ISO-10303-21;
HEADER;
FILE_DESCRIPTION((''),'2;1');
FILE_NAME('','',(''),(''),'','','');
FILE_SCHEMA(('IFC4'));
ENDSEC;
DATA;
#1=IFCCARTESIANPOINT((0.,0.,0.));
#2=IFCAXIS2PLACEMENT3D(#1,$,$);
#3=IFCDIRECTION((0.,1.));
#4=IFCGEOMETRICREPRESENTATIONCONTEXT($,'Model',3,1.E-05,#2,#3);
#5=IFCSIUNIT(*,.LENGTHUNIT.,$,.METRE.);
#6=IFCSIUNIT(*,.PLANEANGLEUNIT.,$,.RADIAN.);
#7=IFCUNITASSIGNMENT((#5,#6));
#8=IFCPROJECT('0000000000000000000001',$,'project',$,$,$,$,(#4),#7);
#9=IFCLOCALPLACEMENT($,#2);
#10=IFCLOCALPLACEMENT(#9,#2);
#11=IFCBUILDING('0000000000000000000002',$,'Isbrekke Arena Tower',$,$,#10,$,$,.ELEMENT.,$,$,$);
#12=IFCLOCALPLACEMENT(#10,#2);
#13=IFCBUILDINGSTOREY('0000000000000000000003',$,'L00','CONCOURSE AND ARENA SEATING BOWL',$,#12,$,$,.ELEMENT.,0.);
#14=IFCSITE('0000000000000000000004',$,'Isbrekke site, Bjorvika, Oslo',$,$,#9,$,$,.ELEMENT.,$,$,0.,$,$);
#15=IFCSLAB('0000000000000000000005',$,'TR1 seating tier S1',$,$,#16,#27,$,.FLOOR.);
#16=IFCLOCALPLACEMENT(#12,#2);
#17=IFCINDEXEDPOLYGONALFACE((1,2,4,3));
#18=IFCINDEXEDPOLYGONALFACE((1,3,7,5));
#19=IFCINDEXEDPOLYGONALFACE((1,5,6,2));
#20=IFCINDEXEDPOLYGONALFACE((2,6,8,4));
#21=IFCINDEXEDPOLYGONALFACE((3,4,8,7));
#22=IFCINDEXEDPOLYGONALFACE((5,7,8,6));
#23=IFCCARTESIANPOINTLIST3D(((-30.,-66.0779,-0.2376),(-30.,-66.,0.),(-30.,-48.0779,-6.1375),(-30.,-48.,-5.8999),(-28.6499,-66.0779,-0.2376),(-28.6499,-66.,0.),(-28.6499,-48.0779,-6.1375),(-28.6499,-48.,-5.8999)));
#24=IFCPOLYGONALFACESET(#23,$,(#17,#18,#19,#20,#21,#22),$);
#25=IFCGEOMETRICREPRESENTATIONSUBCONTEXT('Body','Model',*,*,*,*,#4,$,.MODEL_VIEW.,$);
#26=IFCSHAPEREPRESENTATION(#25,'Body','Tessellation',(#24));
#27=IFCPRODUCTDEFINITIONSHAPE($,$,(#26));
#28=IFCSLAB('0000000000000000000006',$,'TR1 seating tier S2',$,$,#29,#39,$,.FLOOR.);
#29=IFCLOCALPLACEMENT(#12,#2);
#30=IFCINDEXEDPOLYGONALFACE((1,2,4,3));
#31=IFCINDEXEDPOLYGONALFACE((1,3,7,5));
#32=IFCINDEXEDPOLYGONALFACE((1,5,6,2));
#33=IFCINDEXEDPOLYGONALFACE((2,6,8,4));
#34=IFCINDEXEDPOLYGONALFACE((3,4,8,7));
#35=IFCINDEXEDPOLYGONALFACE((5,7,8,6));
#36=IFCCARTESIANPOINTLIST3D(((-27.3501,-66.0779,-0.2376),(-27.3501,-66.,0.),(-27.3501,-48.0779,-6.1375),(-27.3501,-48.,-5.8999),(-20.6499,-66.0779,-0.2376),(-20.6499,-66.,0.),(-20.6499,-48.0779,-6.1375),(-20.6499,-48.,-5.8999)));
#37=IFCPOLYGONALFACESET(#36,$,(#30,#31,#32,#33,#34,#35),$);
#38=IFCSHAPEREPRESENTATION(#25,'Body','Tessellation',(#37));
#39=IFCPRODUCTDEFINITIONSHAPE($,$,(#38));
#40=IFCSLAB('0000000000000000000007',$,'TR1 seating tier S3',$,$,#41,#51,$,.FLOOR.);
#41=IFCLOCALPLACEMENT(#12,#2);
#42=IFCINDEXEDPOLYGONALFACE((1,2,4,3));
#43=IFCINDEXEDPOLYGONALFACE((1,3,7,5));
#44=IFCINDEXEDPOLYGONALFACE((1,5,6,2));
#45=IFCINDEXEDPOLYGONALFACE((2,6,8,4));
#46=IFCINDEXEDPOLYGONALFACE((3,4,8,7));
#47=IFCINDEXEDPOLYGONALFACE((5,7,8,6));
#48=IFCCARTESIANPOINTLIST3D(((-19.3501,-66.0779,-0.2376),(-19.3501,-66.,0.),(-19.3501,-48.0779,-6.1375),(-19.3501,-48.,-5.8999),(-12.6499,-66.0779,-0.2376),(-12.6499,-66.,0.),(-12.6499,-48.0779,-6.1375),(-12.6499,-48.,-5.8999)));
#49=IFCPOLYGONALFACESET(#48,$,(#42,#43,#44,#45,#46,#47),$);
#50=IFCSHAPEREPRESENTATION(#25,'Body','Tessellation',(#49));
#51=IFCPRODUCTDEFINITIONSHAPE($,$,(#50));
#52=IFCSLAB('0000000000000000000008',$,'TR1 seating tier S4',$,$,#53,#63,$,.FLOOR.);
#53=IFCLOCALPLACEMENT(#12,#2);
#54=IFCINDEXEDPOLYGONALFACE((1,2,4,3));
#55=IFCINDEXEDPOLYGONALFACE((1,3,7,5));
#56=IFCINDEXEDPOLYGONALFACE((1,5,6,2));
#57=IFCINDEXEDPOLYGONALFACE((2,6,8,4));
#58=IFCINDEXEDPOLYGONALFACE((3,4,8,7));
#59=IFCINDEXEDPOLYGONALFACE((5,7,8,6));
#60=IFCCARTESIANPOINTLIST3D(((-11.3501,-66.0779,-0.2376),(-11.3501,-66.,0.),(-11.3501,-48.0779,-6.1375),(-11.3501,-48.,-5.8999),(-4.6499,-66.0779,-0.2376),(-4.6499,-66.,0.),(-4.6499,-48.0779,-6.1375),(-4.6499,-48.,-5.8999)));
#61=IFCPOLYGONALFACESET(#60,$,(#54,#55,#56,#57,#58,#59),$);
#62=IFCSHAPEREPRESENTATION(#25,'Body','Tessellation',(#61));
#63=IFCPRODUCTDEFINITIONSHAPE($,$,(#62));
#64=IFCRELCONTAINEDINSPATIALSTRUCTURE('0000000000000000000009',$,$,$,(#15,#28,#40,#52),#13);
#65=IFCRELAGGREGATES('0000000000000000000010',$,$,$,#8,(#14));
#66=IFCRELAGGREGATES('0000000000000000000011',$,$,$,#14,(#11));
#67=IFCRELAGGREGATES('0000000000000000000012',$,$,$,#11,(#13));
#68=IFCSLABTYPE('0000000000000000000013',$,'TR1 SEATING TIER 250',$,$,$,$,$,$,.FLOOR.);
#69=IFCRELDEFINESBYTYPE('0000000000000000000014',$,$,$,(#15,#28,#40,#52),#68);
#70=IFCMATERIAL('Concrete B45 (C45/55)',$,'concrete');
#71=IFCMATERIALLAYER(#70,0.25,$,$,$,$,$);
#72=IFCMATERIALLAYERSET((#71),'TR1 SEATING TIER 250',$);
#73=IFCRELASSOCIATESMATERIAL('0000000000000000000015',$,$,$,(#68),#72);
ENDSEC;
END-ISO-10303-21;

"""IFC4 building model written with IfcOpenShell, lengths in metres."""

from ifc_helpers import new_model, si_unit, direction, frame, origin, place, context, subcontext, project, spatial, polyline, outline, extrude, material, layer, layer_set, type_object, element, save


model = new_model("IFC4")

# Units and contexts
model_context = context("Model", 3, precision=1e-05, world=origin(), true_north=direction((0.0, 1.0)))
body_context = subcontext(model_context, "Body", "Model", "MODEL_VIEW")
ifc_project = project(units=[si_unit("LENGTHUNIT", "METRE"), si_unit("PLANEANGLEUNIT", "RADIAN")], contexts=[model_context])

# Site, building, storey
site_placement = place(None, origin())
site = spatial("IfcSite", under=ifc_project, at=site_placement, Name="Isbrekke site, Bjorvika, Oslo", CompositionType="ELEMENT", RefElevation=0.0)
building_placement = place(site_placement, origin())
building = spatial("IfcBuilding", under=site, at=building_placement, Name="Isbrekke Arena Tower", CompositionType="ELEMENT")
storey_placement = place(building_placement, origin())
storey = spatial("IfcBuildingStorey", under=building, at=storey_placement, Name="L00", Description="CONCOURSE AND ARENA SEATING BOWL", CompositionType="ELEMENT", Elevation=0.0)

# Slabs
ifc_material_1 = material(Name="Concrete B45 (C45/55)", Category="concrete")
ifc_layer = layer(ifc_material_1, 0.25)
ifc_layer_set = layer_set([ifc_layer], Name="TR1 SEATING TIER 250")
slab_type = type_object("IfcSlabType", Name="TR1 SEATING TIER 250", PredefinedType="FLOOR", material=ifc_layer_set)
slab_placement = place(storey_placement, frame((-28.6499, -48.0, -5.8999), z_axis=(0.0, 0.311468, 0.950257), x_axis=(0.0, -0.950257, 0.311468)))
element("IfcSlab", 1, at=slab_placement, inside=storey, type_object=slab_type, Name="TR1 seating tier S1", PredefinedType="FLOOR", context=body_context, shape_type="SweptSolid", body=[
    extrude(outline(polyline([(0.0, 0.0), (18.9423, 0.0), (18.9423, -1.3501), (0.0, -1.3501), (0.0, 0.0)])), origin(), (0.0, 0.0, -1.0), 0.25),
])
for number, where, z_axis, x_axis, name in (
    (2, (-20.6499, -48.0, -5.8999), (0.0, 0.311468, 0.950257), (0.0, -0.950257, 0.311468), "TR1 seating tier S2"),
    (3, (-12.6499, -48.0, -5.8999), (0.0, 0.311468, 0.950257), (0.0, -0.950257, 0.311468), "TR1 seating tier S3"),
    (4, (-4.6499, -48.0, -5.8999), (0.0, 0.311468, 0.950257), (0.0, -0.950257, 0.311468), "TR1 seating tier S4"),
):
    element("IfcSlab", number, at=place(storey_placement, frame(where, z_axis=z_axis, x_axis=x_axis)), inside=storey, type_object=slab_type, Name=name, PredefinedType="FLOOR", context=body_context, shape_type="SweptSolid", body=[
        extrude(outline(polyline([(0.0, 0.0), (18.9423, 0.0), (18.9423, -6.7002), (0.0, -6.7002), (0.0, 0.0)])), origin(), (0.0, 0.0, -1.0), 0.25),
    ])

save(model, "model.ifc")
